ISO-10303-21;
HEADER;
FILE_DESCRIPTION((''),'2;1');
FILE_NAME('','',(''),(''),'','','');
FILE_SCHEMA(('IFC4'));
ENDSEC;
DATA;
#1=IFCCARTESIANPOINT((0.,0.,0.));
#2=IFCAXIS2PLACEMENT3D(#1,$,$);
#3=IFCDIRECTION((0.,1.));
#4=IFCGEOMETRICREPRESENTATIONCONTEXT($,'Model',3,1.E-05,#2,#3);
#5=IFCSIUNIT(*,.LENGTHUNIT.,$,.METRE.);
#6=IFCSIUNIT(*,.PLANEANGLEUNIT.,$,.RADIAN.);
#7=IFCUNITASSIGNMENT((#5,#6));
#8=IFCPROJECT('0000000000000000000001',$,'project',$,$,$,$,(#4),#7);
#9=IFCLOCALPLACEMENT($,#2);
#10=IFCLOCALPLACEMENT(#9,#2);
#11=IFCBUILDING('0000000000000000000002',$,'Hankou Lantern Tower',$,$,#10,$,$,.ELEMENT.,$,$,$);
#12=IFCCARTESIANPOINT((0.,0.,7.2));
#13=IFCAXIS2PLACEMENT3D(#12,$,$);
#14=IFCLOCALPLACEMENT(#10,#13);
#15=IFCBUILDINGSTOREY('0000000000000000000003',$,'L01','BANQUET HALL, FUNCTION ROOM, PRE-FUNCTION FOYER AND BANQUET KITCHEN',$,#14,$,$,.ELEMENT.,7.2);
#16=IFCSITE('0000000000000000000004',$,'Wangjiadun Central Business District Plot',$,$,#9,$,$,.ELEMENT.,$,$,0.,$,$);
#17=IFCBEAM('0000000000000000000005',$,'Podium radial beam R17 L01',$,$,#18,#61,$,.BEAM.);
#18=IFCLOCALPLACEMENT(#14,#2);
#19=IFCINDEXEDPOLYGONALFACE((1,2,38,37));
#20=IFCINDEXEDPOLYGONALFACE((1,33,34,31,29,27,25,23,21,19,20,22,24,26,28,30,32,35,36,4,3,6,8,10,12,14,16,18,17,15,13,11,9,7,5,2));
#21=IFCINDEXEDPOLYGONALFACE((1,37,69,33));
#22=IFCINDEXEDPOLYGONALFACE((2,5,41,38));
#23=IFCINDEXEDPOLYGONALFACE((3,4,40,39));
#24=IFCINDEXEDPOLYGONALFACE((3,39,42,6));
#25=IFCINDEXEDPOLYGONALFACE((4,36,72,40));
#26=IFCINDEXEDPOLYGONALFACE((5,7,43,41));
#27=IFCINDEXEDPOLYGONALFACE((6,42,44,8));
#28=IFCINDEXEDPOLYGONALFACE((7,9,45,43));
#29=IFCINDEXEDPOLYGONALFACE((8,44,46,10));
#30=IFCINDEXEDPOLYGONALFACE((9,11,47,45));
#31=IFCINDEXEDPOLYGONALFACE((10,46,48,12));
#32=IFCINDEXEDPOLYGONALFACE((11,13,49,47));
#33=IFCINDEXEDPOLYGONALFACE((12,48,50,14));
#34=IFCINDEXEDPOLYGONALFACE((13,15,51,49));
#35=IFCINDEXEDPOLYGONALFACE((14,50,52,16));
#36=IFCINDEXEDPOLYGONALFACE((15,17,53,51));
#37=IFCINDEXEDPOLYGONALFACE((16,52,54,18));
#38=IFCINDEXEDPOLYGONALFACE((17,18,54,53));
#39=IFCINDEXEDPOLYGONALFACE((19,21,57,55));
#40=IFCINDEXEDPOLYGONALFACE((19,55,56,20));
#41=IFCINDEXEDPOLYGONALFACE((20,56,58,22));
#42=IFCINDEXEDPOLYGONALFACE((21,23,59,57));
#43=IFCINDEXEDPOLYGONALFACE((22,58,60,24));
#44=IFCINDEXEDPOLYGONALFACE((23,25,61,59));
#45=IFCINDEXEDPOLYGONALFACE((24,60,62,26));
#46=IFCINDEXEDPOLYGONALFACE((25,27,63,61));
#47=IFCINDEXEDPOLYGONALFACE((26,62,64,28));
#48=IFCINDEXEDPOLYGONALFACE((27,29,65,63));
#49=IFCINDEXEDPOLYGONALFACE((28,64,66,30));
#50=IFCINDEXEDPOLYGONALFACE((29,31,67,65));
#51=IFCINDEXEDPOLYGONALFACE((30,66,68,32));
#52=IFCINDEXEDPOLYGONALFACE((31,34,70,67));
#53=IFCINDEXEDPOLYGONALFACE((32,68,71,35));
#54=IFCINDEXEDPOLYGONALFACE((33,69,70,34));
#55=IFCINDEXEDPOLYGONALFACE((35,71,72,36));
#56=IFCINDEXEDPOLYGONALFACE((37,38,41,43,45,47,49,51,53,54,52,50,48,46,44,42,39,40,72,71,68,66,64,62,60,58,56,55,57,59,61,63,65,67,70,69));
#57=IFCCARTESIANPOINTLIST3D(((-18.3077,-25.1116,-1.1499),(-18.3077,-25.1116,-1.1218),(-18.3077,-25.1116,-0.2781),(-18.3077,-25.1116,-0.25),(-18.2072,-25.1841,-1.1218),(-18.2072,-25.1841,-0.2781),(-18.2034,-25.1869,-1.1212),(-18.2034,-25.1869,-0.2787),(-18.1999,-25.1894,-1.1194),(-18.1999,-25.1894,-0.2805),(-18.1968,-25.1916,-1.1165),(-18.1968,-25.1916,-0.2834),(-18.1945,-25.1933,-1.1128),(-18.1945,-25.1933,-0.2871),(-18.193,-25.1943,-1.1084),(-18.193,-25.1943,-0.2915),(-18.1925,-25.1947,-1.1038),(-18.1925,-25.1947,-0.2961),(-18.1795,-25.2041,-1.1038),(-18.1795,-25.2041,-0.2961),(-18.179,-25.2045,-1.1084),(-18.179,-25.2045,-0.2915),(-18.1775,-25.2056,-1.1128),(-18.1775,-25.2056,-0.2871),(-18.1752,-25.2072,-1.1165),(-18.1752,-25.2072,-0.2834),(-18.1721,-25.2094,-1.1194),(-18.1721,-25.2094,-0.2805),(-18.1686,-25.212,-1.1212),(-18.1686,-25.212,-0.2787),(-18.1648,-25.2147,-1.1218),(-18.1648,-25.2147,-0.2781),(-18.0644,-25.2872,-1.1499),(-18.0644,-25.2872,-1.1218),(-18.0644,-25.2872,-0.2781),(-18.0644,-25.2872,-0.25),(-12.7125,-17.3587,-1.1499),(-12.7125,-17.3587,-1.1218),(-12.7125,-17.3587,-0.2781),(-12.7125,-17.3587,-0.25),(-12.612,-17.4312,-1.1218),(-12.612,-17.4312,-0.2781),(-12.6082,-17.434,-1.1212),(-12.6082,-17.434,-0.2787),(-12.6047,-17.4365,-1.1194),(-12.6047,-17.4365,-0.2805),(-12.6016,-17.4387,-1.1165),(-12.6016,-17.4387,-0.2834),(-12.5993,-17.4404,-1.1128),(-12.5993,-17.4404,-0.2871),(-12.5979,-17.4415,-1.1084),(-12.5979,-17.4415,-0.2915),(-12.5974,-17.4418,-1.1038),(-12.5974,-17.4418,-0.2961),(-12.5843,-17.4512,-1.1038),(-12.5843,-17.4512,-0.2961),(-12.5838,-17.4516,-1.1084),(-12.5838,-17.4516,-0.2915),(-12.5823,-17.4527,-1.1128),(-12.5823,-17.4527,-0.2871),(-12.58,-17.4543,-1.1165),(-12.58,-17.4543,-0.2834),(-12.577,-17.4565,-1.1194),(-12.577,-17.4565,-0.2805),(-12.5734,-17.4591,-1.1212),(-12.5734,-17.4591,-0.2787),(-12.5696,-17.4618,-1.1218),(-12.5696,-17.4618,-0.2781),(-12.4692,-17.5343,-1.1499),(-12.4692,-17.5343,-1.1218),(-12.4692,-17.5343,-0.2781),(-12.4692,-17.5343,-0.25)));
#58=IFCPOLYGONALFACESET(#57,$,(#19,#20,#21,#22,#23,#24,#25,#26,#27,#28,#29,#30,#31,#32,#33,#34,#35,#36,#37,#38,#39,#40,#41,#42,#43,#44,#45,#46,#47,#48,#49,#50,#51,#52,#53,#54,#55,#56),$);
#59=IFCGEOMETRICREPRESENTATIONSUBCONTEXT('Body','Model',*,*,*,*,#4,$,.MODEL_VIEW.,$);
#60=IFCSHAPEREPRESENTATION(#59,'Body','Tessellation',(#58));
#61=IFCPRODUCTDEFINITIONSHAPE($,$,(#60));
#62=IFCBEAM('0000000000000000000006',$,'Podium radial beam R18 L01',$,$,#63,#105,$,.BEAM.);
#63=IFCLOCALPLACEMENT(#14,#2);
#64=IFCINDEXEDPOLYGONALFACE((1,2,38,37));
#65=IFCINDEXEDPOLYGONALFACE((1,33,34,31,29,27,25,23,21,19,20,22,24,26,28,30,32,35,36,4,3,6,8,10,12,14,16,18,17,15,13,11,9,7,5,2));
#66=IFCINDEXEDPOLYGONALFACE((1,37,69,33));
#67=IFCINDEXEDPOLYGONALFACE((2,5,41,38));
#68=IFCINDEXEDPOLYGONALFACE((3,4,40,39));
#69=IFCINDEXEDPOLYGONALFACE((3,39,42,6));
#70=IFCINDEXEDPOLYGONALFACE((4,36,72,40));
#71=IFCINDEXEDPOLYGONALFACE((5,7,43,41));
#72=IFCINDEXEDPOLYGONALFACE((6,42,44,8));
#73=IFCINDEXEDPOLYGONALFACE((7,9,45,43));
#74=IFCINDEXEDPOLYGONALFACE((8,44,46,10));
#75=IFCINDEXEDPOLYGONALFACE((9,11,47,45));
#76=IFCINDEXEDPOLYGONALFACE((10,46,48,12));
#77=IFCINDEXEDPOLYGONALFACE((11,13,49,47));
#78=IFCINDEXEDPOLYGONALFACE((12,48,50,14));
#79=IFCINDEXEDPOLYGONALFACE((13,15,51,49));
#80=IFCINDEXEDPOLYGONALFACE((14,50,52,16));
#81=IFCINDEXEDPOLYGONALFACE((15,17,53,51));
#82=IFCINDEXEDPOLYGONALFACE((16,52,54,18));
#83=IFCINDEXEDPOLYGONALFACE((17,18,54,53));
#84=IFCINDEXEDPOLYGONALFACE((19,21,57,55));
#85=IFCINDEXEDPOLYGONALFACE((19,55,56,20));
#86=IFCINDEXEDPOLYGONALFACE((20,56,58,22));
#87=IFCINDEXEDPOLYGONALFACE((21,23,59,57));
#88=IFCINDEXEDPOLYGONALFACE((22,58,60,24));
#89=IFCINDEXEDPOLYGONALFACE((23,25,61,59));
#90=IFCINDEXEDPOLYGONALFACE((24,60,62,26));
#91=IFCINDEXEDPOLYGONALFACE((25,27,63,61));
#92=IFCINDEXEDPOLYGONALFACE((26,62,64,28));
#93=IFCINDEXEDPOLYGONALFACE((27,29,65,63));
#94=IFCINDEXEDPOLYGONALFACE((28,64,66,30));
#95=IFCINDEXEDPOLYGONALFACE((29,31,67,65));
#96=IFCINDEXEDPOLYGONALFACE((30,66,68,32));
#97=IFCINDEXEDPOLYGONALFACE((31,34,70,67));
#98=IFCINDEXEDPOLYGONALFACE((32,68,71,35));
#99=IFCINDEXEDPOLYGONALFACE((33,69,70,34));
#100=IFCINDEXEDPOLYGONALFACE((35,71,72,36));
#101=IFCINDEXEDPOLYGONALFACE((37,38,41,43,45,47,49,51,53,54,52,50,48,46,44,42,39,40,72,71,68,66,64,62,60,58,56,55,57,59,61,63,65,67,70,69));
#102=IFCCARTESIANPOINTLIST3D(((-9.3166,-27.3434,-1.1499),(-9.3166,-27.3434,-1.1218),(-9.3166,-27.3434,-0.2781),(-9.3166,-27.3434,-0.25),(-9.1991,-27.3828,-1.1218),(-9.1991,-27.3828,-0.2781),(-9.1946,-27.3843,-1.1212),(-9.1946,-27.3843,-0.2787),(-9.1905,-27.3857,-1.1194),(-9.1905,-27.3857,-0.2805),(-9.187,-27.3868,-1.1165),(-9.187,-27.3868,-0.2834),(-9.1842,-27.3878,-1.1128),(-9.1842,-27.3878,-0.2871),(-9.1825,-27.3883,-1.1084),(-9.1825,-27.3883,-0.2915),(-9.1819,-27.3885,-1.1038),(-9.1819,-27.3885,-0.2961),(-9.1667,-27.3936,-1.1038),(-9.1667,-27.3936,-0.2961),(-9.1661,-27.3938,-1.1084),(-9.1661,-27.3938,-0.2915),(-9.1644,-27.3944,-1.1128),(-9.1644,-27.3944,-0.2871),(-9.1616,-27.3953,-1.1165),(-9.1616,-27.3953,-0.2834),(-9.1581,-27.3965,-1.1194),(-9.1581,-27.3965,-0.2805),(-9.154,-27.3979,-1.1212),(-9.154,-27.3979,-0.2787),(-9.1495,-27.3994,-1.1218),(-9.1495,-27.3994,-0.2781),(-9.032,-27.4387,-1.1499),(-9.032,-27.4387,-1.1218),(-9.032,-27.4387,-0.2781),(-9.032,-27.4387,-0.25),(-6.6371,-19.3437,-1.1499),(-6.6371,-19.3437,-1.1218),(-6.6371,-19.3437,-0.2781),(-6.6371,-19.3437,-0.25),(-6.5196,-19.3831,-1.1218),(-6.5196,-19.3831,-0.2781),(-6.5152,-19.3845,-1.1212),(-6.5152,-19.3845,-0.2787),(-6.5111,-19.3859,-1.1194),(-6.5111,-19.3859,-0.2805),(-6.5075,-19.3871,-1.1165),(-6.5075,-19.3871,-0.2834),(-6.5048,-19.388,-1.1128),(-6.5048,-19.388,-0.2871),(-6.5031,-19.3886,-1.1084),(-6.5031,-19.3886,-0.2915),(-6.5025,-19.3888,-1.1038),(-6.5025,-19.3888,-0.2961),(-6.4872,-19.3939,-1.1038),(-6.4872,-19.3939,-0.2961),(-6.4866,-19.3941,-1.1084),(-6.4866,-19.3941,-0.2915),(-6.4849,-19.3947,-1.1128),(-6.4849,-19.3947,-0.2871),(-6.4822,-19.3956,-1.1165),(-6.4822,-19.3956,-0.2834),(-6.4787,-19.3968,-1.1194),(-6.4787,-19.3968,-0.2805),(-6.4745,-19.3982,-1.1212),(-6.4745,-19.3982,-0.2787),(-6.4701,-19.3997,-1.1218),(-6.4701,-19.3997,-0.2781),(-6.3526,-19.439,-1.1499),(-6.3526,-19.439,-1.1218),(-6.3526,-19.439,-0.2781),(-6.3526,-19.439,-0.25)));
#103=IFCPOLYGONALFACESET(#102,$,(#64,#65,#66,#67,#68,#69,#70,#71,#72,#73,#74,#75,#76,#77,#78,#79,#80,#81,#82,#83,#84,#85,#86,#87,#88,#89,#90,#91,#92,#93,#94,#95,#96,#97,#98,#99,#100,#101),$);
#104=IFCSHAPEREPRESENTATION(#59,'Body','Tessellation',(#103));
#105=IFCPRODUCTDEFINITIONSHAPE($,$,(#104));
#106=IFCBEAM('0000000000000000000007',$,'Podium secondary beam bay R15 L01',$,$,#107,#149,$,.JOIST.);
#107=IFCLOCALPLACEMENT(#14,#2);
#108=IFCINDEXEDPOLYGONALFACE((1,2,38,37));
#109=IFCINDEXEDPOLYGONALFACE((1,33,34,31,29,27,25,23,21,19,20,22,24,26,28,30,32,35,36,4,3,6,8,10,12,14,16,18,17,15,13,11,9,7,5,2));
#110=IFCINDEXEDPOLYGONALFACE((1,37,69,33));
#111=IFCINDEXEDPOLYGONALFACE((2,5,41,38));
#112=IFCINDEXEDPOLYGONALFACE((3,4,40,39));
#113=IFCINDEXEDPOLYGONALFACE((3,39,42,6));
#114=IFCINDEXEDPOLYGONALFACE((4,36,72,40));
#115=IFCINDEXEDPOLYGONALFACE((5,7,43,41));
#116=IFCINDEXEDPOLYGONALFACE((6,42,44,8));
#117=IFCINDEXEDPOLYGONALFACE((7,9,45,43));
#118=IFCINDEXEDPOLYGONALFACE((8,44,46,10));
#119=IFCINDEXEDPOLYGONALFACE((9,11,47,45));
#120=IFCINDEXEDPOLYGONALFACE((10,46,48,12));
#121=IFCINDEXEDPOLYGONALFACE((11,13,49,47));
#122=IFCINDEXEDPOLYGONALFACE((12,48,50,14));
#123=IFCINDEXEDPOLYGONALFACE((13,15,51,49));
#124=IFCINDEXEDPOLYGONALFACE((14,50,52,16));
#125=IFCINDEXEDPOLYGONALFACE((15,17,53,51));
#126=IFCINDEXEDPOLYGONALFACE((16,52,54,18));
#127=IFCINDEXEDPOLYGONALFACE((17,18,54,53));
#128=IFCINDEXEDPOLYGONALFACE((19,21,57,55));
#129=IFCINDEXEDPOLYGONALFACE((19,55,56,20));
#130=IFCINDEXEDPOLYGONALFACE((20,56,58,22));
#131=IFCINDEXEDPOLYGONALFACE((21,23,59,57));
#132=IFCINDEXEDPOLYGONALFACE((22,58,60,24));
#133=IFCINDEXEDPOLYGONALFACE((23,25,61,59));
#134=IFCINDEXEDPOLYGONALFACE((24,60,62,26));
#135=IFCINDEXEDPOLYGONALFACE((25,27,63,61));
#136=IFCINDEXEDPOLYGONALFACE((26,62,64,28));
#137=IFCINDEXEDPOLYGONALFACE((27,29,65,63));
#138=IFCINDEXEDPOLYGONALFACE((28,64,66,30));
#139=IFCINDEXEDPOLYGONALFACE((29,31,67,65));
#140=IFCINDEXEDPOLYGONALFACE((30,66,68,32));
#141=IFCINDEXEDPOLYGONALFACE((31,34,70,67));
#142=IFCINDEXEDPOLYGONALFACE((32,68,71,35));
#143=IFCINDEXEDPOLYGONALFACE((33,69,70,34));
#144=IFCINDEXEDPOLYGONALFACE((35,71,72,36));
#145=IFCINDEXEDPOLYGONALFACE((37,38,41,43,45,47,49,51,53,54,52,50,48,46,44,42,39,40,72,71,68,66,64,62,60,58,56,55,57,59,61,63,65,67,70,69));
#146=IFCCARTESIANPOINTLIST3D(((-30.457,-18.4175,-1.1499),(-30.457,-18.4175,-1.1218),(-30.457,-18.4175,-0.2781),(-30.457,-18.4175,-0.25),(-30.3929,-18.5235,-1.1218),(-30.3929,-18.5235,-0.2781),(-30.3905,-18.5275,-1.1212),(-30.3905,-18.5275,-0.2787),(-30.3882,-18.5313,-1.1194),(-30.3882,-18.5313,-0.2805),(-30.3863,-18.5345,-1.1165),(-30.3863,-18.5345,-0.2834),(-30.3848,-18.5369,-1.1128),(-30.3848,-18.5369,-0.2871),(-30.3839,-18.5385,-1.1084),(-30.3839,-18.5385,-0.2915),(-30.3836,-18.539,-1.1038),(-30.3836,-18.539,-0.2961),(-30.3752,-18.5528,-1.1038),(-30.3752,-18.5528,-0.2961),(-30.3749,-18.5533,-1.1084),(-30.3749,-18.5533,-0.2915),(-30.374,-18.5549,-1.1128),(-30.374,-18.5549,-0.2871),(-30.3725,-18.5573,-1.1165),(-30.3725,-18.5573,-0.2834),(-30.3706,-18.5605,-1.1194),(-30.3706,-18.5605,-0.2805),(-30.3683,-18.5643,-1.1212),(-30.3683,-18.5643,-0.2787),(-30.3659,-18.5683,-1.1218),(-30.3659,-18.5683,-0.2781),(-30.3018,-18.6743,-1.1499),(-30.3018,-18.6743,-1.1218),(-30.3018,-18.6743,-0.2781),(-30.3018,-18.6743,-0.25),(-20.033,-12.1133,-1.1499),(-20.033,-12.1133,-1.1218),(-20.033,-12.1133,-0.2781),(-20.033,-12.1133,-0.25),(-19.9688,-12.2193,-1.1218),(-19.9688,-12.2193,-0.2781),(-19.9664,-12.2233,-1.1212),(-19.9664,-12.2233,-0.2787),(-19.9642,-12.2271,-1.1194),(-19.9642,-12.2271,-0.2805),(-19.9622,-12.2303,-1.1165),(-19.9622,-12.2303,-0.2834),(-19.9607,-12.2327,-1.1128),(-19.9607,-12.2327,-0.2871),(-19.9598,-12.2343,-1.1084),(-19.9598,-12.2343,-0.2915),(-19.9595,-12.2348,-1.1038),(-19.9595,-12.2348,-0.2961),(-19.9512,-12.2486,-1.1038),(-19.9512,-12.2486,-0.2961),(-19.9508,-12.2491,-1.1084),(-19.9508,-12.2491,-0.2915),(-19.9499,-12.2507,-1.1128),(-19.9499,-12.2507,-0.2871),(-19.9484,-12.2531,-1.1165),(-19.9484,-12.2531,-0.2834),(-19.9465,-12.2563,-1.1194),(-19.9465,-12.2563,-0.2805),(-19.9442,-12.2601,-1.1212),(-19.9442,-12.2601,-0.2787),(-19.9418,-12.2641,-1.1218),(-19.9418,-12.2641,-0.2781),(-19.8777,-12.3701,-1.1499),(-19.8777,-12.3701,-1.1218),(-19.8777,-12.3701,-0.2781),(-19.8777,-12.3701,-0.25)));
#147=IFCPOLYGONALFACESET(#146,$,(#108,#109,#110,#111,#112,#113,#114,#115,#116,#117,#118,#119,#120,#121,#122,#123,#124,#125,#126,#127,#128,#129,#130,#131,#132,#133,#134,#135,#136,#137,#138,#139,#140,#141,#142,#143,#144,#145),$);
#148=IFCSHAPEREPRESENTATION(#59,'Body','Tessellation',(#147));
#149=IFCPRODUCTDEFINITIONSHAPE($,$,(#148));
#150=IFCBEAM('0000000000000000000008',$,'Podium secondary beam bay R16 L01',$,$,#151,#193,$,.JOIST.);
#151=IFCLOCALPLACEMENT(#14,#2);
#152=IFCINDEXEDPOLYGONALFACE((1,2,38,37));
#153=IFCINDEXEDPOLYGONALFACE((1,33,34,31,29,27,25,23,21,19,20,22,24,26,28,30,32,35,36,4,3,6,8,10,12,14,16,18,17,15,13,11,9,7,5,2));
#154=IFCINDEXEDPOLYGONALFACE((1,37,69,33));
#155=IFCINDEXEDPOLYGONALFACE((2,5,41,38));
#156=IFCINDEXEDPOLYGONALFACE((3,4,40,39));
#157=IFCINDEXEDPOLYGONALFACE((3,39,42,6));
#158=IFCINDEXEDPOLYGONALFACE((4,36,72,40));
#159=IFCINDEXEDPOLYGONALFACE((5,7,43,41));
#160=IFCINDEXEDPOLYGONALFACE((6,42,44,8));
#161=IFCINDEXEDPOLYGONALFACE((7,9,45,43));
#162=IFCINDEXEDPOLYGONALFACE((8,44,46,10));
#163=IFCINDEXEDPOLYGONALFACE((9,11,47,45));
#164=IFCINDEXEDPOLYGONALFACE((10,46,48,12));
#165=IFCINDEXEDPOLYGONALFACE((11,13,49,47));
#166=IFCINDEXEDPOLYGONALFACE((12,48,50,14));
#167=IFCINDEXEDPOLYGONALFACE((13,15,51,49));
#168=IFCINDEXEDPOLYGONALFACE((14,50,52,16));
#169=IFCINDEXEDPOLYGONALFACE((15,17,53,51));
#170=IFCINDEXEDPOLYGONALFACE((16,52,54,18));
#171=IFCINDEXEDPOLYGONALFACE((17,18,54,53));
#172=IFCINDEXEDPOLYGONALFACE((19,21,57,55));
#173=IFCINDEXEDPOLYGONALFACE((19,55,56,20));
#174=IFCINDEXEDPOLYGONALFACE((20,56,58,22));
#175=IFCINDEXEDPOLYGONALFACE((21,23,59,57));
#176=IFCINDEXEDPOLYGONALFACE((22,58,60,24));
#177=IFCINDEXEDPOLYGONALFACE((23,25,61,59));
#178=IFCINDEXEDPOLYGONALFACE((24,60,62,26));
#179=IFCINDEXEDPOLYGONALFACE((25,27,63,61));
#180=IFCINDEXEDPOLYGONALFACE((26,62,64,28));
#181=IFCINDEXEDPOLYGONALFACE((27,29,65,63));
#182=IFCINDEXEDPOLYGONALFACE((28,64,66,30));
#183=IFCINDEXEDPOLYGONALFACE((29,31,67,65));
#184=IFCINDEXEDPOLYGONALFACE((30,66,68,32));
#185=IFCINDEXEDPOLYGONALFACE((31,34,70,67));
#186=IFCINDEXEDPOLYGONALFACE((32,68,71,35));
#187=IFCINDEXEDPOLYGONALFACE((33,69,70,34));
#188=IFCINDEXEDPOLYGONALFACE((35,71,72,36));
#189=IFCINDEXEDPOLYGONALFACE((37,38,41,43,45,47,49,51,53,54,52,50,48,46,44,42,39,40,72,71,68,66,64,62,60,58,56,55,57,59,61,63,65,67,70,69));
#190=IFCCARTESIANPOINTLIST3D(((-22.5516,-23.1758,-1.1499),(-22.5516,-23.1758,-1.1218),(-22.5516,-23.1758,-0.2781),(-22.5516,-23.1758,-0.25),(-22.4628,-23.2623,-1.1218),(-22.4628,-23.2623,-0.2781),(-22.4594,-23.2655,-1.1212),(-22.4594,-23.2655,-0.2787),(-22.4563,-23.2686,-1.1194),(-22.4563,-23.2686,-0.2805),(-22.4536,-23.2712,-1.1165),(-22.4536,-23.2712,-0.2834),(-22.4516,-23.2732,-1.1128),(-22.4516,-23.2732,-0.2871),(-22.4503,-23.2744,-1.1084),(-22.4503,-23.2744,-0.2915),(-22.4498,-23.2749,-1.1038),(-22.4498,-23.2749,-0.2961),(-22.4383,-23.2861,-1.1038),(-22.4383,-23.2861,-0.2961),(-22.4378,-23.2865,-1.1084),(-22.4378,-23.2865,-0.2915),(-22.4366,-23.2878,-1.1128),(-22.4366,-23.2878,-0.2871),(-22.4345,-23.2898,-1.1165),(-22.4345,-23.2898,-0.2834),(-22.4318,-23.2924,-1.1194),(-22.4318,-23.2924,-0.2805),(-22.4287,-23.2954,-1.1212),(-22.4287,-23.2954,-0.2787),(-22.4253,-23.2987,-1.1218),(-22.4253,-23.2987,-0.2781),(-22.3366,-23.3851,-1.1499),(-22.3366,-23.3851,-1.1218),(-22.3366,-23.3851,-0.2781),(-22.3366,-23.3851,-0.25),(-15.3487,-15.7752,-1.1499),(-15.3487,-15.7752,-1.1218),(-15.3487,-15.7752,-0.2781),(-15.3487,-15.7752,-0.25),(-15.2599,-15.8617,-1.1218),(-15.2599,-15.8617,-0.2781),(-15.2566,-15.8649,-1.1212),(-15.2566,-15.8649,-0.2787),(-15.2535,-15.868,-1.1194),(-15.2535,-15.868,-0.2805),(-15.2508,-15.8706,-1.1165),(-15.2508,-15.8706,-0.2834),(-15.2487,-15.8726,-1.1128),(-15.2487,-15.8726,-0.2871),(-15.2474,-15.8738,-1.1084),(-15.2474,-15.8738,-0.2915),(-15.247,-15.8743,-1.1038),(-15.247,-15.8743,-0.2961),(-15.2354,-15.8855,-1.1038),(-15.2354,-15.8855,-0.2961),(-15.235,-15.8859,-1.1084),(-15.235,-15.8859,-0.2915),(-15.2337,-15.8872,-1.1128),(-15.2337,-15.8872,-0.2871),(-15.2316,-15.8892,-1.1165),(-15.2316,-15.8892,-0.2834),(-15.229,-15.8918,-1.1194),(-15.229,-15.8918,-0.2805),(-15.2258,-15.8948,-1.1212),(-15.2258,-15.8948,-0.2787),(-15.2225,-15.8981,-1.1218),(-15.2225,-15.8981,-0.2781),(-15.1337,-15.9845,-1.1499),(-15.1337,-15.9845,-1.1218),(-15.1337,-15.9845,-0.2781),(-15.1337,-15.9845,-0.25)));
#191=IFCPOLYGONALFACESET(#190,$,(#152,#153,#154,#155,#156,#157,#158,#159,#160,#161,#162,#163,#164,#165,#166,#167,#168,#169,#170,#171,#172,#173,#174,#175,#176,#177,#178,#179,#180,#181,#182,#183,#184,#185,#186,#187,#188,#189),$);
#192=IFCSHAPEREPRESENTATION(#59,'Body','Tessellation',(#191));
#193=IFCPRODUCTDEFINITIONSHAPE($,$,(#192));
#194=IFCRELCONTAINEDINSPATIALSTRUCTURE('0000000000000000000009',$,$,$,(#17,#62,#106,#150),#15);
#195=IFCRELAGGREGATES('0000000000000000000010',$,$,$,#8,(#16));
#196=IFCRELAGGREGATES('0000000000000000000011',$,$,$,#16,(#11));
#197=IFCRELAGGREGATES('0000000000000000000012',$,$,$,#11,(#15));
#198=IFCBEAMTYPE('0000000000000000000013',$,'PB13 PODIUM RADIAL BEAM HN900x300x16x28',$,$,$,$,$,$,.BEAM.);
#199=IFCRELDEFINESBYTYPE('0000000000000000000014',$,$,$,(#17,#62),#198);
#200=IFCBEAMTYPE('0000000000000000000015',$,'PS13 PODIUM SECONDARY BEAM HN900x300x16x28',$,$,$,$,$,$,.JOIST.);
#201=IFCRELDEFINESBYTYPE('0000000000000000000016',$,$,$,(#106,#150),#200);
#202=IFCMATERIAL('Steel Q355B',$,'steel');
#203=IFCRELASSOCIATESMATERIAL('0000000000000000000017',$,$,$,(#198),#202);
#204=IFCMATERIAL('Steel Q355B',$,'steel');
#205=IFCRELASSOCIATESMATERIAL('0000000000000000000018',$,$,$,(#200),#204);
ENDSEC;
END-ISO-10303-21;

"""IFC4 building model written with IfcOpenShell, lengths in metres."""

from ifc_helpers import new_model, si_unit, direction, frame, origin, origin_2d, place, context, subcontext, project, spatial, i_section, extrude, material, material_profile, profile_set, type_object, element, save


model = new_model("IFC4")

# Units and contexts
model_context = context("Model", 3, precision=1e-05, world=origin(), true_north=direction((0.0, 1.0)))
body_context = subcontext(model_context, "Body", "Model", "MODEL_VIEW")
ifc_project = project(units=[si_unit("LENGTHUNIT", "METRE"), si_unit("PLANEANGLEUNIT", "RADIAN")], contexts=[model_context])

# Site, building, storey
site_placement = place(None, origin())
site = spatial("IfcSite", under=ifc_project, at=site_placement, Name="Wangjiadun Central Business District Plot", CompositionType="ELEMENT", RefElevation=0.0)
building_placement = place(site_placement, origin())
building = spatial("IfcBuilding", under=site, at=building_placement, Name="Hankou Lantern Tower", CompositionType="ELEMENT")
storey_placement = place(building_placement, frame((0.0, 0.0, 7.2)))
storey = spatial("IfcBuildingStorey", under=building, at=storey_placement, Name="L01", Description="BANQUET HALL, FUNCTION ROOM, PRE-FUNCTION FOYER AND BANQUET KITCHEN", CompositionType="ELEMENT", Elevation=7.2)

# Beams
ifc_material_1 = material(Name="Steel Q355B", Category="steel")
ifc_material_profile_1 = material_profile(ifc_material_1, i_section(OverallWidth=0.3, OverallDepth=0.8999, WebThickness=0.0161, FlangeThickness=0.0281, FilletRadius=0.0181, at=origin_2d()), Name="HN900x300x16x28")
ifc_profile_set_1 = profile_set([ifc_material_profile_1], Name="Steel Q355B")
beam_type_1 = type_object("IfcBeamType", Name="PB13 PODIUM RADIAL BEAM HN900x300x16x28", PredefinedType="BEAM", material=ifc_profile_set_1)
beam_1_placement = place(storey_placement, frame((-12.5908, -17.4465, -0.7), z_axis=(-0.585207, -0.810884, 0.0), x_axis=(0.810884, -0.585207, 0.0)))
element("IfcBeam", 1, at=beam_1_placement, inside=storey, type_object=beam_type_1, Name="Podium radial beam R17 L01", PredefinedType="BEAM", context=body_context, shape_type="SweptSolid", body=[
    extrude(i_section(OverallWidth=0.3, OverallDepth=0.8999, WebThickness=0.0161, FlangeThickness=0.0281, FilletRadius=0.0181, at=origin_2d()), origin(), (0.0, 0.0, 1.0), 9.561),
])
beam_2_placement = place(storey_placement, frame((-6.4949, -19.3914, -0.7), z_axis=(-0.317599, -0.948225, 0.0), x_axis=(0.948225, -0.317599, 0.0)))
element("IfcBeam", 2, at=beam_2_placement, inside=storey, type_object=beam_type_1, Name="Podium radial beam R18 L01", PredefinedType="BEAM", context=body_context, shape_type="SweptSolid", body=[
    extrude(i_section(OverallWidth=0.3, OverallDepth=0.8999, WebThickness=0.0161, FlangeThickness=0.0281, FilletRadius=0.0181, at=origin_2d()), origin(), (0.0, 0.0, 1.0), 8.4365),
])
ifc_material_2 = material(Name="Steel Q355B", Category="steel")
ifc_material_profile_2 = material_profile(ifc_material_2, i_section(OverallWidth=0.3, OverallDepth=0.8999, WebThickness=0.0161, FlangeThickness=0.0281, FilletRadius=0.0181, at=origin_2d()), Name="HN900x300x16x28")
ifc_profile_set_2 = profile_set([ifc_material_profile_2], Name="Steel Q355B")
beam_type_2 = type_object("IfcBeamType", Name="PS13 PODIUM SECONDARY BEAM HN900x300x16x28", PredefinedType="JOIST", material=ifc_profile_set_2)
beam_3_placement = place(storey_placement, frame((-19.9553, -12.2417, -0.7), z_axis=(-0.855686, -0.517496, 0.0), x_axis=(0.517496, -0.855686, 0.0)))
element("IfcBeam", 3, at=beam_3_placement, inside=storey, type_object=beam_type_2, Name="Podium secondary beam bay R15 L01", PredefinedType="JOIST", context=body_context, shape_type="SweptSolid", body=[
    extrude(i_section(OverallWidth=0.3, OverallDepth=0.8999, WebThickness=0.0161, FlangeThickness=0.0281, FilletRadius=0.0181, at=origin_2d()), origin(), (0.0, 0.0, 1.0), 12.1821),
])
beam_4_placement = place(storey_placement, frame((-15.2412, -15.8799, -0.7), z_axis=(-0.697468, -0.716616, 0.0), x_axis=(0.716616, -0.697468, 0.0)))
element("IfcBeam", 4, at=beam_4_placement, inside=storey, type_object=beam_type_2, Name="Podium secondary beam bay R16 L01", PredefinedType="JOIST", context=body_context, shape_type="SweptSolid", body=[
    extrude(i_section(OverallWidth=0.3, OverallDepth=0.8999, WebThickness=0.0161, FlangeThickness=0.0281, FilletRadius=0.0181, at=origin_2d()), origin(), (0.0, 0.0, 1.0), 10.3271),
])

save(model, "model.ifc")
